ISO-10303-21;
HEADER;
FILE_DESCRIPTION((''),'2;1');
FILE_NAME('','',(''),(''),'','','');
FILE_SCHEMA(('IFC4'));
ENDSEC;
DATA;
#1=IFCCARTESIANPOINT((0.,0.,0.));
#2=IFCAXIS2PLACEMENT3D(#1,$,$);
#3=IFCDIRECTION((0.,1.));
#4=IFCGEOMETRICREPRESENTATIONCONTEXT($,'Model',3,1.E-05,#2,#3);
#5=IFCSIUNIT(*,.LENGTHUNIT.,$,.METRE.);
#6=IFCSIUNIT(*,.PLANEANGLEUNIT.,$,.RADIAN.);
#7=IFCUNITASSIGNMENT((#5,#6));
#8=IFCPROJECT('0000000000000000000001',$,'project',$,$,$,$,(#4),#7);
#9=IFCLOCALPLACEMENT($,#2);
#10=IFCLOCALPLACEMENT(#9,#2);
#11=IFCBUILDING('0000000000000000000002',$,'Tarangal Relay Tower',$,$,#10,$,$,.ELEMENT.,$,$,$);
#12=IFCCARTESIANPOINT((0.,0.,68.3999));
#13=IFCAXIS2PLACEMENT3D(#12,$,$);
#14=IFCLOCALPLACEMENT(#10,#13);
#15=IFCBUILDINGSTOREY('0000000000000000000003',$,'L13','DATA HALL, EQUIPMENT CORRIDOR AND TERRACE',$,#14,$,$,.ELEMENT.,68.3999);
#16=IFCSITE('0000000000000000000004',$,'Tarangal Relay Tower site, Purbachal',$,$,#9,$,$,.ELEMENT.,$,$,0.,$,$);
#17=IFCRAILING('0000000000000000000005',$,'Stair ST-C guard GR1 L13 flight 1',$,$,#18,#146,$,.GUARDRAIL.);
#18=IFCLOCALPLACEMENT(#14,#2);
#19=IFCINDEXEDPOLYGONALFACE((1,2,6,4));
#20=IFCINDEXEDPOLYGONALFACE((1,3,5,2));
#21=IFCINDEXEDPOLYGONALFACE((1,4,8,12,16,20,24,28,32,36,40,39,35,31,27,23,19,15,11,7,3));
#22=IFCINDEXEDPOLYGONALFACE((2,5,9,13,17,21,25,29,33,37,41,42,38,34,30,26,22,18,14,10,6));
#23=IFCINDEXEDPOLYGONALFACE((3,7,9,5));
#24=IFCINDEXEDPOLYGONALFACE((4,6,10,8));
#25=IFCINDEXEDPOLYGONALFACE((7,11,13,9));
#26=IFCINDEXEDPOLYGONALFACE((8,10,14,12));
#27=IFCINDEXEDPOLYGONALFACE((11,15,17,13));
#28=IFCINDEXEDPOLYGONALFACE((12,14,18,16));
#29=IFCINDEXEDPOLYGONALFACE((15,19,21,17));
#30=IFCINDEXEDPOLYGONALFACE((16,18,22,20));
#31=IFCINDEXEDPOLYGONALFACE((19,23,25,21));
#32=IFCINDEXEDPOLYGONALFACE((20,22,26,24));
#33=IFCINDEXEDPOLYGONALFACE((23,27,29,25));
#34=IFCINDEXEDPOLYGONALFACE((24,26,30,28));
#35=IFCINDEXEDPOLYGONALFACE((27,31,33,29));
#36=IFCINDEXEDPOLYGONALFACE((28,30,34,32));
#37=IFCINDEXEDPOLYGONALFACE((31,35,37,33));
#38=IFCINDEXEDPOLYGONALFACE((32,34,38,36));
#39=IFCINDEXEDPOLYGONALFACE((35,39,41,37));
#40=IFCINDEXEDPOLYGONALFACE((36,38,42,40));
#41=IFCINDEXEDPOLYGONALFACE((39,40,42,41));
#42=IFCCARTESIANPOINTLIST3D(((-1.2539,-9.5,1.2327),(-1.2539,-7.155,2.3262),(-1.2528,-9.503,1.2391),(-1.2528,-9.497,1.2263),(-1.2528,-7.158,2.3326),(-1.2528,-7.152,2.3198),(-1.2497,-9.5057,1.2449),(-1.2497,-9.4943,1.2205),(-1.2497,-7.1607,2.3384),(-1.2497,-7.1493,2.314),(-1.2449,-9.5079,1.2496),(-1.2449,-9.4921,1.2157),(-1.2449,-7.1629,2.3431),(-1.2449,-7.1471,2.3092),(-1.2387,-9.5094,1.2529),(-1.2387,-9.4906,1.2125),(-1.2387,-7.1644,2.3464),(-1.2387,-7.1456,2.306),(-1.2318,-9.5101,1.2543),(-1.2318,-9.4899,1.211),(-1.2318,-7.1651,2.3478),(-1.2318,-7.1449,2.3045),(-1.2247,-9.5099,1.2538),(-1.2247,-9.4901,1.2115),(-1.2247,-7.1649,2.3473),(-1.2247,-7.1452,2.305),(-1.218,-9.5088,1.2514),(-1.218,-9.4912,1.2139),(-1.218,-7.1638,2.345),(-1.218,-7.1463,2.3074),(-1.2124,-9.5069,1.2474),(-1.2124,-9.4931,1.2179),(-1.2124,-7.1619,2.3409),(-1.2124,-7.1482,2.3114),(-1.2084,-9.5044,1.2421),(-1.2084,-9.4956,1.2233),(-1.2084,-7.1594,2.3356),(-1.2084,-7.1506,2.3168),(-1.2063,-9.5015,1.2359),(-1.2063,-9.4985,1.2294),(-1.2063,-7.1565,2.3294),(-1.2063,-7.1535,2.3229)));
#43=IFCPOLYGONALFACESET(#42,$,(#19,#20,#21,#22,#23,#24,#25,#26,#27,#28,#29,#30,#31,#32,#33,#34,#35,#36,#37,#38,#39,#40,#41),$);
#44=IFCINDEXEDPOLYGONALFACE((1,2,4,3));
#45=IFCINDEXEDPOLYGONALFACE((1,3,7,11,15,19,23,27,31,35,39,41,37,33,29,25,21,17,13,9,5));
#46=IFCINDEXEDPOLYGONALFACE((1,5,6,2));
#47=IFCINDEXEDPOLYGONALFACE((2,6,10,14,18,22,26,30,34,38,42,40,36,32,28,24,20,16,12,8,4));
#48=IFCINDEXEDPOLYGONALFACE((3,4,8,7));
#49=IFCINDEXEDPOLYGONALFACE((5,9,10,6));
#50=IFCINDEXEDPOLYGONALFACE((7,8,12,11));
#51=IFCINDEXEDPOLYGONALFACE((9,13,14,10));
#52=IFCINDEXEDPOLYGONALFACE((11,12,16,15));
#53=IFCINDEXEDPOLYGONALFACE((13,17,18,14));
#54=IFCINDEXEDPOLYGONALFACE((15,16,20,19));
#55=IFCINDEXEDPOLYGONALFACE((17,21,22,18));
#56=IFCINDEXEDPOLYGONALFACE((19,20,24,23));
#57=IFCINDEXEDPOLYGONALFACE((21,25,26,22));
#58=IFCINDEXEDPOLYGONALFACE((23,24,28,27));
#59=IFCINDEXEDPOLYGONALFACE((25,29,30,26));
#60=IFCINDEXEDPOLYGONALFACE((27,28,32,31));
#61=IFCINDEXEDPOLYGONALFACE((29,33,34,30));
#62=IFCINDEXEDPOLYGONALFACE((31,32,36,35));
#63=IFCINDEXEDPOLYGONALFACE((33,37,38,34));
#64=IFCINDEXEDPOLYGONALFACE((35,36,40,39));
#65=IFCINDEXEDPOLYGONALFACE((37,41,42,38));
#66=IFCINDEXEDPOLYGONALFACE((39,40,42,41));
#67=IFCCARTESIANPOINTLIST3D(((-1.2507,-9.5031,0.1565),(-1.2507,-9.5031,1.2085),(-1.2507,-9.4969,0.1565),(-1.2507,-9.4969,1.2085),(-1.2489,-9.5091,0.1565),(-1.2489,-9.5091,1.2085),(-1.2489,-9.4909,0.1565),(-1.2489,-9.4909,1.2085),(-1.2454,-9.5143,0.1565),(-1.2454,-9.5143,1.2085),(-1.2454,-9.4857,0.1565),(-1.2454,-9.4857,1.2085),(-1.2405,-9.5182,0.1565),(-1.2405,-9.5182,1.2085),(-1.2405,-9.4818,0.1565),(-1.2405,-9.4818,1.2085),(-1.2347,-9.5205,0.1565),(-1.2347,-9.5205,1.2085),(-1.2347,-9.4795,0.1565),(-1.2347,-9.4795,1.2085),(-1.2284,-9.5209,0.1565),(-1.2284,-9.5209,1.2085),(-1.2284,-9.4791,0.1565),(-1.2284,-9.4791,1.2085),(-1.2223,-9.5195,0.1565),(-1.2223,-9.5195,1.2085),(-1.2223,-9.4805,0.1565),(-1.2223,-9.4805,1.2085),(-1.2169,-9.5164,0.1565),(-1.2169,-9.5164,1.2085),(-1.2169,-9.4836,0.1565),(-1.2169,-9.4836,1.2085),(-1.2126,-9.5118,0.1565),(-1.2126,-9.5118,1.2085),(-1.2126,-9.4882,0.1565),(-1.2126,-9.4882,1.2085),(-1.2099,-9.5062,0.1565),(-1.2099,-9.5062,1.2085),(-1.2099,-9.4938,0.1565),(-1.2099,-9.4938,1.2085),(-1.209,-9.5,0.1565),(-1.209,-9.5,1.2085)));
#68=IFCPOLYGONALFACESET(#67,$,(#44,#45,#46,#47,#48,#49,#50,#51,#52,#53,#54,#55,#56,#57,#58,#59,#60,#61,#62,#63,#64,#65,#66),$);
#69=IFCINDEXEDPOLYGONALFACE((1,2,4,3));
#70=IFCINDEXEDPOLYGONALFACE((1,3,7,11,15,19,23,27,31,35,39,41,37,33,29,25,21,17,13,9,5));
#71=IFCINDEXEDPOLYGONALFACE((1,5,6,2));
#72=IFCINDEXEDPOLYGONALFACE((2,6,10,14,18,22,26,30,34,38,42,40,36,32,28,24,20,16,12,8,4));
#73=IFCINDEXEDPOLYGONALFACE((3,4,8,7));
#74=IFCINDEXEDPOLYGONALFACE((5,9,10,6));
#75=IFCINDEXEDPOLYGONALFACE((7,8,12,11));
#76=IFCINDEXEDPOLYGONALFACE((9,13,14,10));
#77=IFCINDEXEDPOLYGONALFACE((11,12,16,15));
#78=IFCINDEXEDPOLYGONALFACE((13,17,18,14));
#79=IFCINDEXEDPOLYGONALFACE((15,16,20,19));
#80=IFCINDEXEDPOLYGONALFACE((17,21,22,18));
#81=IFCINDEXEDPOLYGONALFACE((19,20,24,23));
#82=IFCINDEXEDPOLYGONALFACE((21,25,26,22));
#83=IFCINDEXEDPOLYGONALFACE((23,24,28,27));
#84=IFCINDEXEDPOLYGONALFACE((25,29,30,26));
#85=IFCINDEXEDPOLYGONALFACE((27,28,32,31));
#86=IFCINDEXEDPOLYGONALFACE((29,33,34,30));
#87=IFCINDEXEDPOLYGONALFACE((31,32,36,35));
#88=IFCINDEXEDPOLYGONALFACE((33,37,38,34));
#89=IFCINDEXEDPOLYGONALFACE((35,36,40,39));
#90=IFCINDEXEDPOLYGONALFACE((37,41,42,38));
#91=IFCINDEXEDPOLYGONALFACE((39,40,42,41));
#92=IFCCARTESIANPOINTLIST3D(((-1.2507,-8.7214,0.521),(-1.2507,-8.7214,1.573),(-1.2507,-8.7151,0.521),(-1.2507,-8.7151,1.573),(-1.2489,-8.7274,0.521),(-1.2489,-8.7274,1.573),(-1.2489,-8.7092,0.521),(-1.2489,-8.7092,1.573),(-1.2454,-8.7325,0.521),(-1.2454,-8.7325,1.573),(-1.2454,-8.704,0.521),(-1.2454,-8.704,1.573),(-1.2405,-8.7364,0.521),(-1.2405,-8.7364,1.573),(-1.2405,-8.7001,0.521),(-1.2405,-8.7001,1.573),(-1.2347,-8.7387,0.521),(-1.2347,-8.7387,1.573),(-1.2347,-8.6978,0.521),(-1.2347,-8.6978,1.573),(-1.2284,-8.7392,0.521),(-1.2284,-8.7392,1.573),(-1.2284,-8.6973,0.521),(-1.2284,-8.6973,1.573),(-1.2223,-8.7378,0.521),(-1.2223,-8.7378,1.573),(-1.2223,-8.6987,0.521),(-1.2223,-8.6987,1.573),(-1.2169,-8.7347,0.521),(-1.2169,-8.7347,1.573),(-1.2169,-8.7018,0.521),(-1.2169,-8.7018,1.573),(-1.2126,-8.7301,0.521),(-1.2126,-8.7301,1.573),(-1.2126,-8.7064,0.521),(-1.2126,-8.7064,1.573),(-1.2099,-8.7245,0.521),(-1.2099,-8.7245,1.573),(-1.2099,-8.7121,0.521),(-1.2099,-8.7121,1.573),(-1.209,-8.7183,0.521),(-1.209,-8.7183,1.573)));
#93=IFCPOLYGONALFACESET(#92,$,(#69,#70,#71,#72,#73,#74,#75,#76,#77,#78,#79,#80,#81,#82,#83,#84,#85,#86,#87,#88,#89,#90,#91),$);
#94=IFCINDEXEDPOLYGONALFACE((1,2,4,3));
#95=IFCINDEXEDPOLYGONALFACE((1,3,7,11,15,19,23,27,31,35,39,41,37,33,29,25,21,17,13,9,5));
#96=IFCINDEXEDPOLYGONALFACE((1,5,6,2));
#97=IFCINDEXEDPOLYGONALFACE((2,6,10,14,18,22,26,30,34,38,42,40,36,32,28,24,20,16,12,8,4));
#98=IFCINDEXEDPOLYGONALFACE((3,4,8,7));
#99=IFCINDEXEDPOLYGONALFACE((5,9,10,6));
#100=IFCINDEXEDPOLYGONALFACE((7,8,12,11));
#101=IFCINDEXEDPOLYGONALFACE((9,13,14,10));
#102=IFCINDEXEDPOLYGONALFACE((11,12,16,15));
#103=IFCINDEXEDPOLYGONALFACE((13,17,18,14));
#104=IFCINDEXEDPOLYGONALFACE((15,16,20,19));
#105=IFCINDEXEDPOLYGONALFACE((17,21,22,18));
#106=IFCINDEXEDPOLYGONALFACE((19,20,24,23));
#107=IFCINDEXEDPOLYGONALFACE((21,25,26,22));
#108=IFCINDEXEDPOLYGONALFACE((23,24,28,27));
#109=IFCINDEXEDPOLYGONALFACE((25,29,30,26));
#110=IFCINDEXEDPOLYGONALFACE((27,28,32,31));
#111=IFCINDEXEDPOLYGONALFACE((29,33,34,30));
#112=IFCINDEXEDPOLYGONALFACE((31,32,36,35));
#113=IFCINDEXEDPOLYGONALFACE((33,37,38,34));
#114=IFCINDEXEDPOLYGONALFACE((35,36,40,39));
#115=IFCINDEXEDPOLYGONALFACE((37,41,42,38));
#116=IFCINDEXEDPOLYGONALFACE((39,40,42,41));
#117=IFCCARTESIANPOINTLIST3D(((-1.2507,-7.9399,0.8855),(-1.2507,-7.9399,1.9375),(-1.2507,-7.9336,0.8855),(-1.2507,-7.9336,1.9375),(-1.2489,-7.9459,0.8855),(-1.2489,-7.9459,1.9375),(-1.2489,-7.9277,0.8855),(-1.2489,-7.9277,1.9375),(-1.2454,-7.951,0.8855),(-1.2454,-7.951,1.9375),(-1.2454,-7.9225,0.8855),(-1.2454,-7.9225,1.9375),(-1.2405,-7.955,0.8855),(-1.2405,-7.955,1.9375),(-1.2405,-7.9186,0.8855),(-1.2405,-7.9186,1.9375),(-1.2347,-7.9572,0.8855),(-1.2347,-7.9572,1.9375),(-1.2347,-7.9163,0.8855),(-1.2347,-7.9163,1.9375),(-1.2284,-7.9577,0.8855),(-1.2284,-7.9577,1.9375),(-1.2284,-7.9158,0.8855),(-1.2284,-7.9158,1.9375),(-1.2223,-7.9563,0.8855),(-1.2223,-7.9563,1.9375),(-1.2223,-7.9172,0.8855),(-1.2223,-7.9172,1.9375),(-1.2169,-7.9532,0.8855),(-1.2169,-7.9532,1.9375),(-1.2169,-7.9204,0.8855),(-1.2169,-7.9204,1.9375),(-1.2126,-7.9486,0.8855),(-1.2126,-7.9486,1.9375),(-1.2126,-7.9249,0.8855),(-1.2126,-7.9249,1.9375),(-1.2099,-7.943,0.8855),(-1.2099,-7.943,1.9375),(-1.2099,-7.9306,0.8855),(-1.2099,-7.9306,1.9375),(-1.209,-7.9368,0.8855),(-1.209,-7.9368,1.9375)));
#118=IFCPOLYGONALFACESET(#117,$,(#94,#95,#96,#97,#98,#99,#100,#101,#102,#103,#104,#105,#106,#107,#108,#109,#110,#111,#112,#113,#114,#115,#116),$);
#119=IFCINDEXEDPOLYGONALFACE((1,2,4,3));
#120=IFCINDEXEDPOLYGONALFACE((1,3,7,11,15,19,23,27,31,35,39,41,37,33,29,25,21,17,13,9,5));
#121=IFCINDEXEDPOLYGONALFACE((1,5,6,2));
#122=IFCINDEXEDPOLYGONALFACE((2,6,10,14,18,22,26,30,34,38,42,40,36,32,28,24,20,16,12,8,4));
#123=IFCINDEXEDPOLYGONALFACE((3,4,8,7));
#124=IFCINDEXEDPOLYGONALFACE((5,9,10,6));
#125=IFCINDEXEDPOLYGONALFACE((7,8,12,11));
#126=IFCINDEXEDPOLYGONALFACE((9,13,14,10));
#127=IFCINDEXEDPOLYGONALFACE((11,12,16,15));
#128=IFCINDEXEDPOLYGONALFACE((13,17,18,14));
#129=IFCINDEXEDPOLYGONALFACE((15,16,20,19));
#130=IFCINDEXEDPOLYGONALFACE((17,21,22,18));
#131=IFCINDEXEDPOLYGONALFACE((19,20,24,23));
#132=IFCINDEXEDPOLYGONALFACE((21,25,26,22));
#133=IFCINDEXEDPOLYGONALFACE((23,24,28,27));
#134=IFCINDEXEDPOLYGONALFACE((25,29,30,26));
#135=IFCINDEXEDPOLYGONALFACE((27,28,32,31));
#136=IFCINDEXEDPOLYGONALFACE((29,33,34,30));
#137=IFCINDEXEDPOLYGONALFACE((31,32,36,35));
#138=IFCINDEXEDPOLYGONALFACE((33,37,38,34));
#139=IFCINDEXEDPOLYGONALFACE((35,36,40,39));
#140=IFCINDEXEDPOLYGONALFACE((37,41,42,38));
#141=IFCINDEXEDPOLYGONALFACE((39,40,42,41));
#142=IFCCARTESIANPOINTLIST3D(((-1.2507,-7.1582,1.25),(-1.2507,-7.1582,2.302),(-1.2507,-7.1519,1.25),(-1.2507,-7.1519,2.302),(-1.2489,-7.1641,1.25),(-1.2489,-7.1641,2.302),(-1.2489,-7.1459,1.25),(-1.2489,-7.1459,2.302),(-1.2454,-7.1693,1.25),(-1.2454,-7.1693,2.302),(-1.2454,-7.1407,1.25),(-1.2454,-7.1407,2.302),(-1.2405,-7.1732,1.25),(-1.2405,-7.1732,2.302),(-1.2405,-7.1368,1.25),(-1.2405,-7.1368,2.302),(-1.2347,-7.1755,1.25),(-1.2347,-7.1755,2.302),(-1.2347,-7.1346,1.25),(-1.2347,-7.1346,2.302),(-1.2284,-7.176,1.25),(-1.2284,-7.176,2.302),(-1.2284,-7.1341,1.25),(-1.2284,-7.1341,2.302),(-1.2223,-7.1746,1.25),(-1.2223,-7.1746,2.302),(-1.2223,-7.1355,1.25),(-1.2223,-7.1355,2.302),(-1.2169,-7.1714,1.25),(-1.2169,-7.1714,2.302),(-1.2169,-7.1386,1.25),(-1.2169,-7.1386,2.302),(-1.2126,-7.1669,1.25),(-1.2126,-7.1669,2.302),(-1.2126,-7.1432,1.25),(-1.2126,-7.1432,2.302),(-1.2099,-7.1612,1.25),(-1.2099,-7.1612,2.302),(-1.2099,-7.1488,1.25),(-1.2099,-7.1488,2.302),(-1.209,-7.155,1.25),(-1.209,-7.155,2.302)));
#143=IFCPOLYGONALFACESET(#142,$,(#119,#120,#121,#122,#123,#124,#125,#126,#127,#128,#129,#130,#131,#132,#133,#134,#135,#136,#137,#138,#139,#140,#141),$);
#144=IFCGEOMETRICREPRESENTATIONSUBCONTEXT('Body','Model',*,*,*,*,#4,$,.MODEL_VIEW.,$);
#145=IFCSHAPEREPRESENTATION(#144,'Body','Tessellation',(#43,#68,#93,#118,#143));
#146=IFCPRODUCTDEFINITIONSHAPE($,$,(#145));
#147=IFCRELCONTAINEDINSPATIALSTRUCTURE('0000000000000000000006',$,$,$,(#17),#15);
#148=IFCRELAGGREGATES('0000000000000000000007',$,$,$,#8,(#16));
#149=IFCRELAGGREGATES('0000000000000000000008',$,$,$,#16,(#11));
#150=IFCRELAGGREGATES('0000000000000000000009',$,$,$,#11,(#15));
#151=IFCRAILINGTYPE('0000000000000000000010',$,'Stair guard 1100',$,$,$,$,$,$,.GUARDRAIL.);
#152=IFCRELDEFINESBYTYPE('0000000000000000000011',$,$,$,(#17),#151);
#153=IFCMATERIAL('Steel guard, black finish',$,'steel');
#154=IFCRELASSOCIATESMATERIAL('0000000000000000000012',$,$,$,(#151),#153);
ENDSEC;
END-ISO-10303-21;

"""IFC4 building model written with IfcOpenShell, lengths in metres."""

from ifc_helpers import new_model, si_unit, direction, frame, origin, origin_2d, place, context, subcontext, project, spatial, circle, extrude, material, type_object, element, save


model = new_model("IFC4")

# Units and contexts
model_context = context("Model", 3, precision=1e-05, world=origin(), true_north=direction((0.0, 1.0)))
body_context = subcontext(model_context, "Body", "Model", "MODEL_VIEW")
ifc_project = project(units=[si_unit("LENGTHUNIT", "METRE"), si_unit("PLANEANGLEUNIT", "RADIAN")], contexts=[model_context])

# Site, building, storey
site_placement = place(None, origin())
site = spatial("IfcSite", under=ifc_project, at=site_placement, Name="Tarangal Relay Tower site, Purbachal", CompositionType="ELEMENT", RefElevation=0.0)
building_placement = place(site_placement, origin())
building = spatial("IfcBuilding", under=site, at=building_placement, Name="Tarangal Relay Tower", CompositionType="ELEMENT")
storey_placement = place(building_placement, frame((0.0, 0.0, 68.3999)))
storey = spatial("IfcBuildingStorey", under=building, at=storey_placement, Name="L13", Description="DATA HALL, EQUIPMENT CORRIDOR AND TERRACE", CompositionType="ELEMENT", Elevation=68.3999)

# Railing
ifc_material_1 = material(Name="Steel guard, black finish", Category="steel")
railing_type_1 = type_object("IfcRailingType", Name="Stair guard 1100", PredefinedType="GUARDRAIL", material=ifc_material_1)
for number, where, name in (
    (1, (-1.23, -9.5, 0.1565), "Stair ST-C guard GR1 L13 flight 1"),
):
    element("IfcRailing", number, at=place(storey_placement, frame(where)), inside=storey, type_object=railing_type_1, Name=name, PredefinedType="GUARDRAIL", context=body_context, shape_type="SweptSolid", body=[
        extrude(circle(Radius=0.0239, at=origin_2d()), frame((0.0, 0.0, 1.0762), z_axis=(0.0, 0.906304, 0.422627), x_axis=(-1.0, 0.0, 0.0)), (0.0, 0.0, 1.0), 2.5874),
        extrude(circle(Radius=0.021, at=origin_2d()), origin(), (0.0, 0.0, 1.0), 1.052),
        extrude(circle(Radius=0.021, at=origin_2d()), frame((0.0, 0.7817, 0.3645)), (0.0, 0.0, 1.0), 1.052),
        extrude(circle(Radius=0.021, at=origin_2d()), frame((0.0, 1.5632, 0.729)), (0.0, 0.0, 1.0), 1.052),
        extrude(circle(Radius=0.021, at=origin_2d()), frame((0.0, 2.345, 1.0935)), (0.0, 0.0, 1.0), 1.052),
    ])

save(model, "model.ifc")
